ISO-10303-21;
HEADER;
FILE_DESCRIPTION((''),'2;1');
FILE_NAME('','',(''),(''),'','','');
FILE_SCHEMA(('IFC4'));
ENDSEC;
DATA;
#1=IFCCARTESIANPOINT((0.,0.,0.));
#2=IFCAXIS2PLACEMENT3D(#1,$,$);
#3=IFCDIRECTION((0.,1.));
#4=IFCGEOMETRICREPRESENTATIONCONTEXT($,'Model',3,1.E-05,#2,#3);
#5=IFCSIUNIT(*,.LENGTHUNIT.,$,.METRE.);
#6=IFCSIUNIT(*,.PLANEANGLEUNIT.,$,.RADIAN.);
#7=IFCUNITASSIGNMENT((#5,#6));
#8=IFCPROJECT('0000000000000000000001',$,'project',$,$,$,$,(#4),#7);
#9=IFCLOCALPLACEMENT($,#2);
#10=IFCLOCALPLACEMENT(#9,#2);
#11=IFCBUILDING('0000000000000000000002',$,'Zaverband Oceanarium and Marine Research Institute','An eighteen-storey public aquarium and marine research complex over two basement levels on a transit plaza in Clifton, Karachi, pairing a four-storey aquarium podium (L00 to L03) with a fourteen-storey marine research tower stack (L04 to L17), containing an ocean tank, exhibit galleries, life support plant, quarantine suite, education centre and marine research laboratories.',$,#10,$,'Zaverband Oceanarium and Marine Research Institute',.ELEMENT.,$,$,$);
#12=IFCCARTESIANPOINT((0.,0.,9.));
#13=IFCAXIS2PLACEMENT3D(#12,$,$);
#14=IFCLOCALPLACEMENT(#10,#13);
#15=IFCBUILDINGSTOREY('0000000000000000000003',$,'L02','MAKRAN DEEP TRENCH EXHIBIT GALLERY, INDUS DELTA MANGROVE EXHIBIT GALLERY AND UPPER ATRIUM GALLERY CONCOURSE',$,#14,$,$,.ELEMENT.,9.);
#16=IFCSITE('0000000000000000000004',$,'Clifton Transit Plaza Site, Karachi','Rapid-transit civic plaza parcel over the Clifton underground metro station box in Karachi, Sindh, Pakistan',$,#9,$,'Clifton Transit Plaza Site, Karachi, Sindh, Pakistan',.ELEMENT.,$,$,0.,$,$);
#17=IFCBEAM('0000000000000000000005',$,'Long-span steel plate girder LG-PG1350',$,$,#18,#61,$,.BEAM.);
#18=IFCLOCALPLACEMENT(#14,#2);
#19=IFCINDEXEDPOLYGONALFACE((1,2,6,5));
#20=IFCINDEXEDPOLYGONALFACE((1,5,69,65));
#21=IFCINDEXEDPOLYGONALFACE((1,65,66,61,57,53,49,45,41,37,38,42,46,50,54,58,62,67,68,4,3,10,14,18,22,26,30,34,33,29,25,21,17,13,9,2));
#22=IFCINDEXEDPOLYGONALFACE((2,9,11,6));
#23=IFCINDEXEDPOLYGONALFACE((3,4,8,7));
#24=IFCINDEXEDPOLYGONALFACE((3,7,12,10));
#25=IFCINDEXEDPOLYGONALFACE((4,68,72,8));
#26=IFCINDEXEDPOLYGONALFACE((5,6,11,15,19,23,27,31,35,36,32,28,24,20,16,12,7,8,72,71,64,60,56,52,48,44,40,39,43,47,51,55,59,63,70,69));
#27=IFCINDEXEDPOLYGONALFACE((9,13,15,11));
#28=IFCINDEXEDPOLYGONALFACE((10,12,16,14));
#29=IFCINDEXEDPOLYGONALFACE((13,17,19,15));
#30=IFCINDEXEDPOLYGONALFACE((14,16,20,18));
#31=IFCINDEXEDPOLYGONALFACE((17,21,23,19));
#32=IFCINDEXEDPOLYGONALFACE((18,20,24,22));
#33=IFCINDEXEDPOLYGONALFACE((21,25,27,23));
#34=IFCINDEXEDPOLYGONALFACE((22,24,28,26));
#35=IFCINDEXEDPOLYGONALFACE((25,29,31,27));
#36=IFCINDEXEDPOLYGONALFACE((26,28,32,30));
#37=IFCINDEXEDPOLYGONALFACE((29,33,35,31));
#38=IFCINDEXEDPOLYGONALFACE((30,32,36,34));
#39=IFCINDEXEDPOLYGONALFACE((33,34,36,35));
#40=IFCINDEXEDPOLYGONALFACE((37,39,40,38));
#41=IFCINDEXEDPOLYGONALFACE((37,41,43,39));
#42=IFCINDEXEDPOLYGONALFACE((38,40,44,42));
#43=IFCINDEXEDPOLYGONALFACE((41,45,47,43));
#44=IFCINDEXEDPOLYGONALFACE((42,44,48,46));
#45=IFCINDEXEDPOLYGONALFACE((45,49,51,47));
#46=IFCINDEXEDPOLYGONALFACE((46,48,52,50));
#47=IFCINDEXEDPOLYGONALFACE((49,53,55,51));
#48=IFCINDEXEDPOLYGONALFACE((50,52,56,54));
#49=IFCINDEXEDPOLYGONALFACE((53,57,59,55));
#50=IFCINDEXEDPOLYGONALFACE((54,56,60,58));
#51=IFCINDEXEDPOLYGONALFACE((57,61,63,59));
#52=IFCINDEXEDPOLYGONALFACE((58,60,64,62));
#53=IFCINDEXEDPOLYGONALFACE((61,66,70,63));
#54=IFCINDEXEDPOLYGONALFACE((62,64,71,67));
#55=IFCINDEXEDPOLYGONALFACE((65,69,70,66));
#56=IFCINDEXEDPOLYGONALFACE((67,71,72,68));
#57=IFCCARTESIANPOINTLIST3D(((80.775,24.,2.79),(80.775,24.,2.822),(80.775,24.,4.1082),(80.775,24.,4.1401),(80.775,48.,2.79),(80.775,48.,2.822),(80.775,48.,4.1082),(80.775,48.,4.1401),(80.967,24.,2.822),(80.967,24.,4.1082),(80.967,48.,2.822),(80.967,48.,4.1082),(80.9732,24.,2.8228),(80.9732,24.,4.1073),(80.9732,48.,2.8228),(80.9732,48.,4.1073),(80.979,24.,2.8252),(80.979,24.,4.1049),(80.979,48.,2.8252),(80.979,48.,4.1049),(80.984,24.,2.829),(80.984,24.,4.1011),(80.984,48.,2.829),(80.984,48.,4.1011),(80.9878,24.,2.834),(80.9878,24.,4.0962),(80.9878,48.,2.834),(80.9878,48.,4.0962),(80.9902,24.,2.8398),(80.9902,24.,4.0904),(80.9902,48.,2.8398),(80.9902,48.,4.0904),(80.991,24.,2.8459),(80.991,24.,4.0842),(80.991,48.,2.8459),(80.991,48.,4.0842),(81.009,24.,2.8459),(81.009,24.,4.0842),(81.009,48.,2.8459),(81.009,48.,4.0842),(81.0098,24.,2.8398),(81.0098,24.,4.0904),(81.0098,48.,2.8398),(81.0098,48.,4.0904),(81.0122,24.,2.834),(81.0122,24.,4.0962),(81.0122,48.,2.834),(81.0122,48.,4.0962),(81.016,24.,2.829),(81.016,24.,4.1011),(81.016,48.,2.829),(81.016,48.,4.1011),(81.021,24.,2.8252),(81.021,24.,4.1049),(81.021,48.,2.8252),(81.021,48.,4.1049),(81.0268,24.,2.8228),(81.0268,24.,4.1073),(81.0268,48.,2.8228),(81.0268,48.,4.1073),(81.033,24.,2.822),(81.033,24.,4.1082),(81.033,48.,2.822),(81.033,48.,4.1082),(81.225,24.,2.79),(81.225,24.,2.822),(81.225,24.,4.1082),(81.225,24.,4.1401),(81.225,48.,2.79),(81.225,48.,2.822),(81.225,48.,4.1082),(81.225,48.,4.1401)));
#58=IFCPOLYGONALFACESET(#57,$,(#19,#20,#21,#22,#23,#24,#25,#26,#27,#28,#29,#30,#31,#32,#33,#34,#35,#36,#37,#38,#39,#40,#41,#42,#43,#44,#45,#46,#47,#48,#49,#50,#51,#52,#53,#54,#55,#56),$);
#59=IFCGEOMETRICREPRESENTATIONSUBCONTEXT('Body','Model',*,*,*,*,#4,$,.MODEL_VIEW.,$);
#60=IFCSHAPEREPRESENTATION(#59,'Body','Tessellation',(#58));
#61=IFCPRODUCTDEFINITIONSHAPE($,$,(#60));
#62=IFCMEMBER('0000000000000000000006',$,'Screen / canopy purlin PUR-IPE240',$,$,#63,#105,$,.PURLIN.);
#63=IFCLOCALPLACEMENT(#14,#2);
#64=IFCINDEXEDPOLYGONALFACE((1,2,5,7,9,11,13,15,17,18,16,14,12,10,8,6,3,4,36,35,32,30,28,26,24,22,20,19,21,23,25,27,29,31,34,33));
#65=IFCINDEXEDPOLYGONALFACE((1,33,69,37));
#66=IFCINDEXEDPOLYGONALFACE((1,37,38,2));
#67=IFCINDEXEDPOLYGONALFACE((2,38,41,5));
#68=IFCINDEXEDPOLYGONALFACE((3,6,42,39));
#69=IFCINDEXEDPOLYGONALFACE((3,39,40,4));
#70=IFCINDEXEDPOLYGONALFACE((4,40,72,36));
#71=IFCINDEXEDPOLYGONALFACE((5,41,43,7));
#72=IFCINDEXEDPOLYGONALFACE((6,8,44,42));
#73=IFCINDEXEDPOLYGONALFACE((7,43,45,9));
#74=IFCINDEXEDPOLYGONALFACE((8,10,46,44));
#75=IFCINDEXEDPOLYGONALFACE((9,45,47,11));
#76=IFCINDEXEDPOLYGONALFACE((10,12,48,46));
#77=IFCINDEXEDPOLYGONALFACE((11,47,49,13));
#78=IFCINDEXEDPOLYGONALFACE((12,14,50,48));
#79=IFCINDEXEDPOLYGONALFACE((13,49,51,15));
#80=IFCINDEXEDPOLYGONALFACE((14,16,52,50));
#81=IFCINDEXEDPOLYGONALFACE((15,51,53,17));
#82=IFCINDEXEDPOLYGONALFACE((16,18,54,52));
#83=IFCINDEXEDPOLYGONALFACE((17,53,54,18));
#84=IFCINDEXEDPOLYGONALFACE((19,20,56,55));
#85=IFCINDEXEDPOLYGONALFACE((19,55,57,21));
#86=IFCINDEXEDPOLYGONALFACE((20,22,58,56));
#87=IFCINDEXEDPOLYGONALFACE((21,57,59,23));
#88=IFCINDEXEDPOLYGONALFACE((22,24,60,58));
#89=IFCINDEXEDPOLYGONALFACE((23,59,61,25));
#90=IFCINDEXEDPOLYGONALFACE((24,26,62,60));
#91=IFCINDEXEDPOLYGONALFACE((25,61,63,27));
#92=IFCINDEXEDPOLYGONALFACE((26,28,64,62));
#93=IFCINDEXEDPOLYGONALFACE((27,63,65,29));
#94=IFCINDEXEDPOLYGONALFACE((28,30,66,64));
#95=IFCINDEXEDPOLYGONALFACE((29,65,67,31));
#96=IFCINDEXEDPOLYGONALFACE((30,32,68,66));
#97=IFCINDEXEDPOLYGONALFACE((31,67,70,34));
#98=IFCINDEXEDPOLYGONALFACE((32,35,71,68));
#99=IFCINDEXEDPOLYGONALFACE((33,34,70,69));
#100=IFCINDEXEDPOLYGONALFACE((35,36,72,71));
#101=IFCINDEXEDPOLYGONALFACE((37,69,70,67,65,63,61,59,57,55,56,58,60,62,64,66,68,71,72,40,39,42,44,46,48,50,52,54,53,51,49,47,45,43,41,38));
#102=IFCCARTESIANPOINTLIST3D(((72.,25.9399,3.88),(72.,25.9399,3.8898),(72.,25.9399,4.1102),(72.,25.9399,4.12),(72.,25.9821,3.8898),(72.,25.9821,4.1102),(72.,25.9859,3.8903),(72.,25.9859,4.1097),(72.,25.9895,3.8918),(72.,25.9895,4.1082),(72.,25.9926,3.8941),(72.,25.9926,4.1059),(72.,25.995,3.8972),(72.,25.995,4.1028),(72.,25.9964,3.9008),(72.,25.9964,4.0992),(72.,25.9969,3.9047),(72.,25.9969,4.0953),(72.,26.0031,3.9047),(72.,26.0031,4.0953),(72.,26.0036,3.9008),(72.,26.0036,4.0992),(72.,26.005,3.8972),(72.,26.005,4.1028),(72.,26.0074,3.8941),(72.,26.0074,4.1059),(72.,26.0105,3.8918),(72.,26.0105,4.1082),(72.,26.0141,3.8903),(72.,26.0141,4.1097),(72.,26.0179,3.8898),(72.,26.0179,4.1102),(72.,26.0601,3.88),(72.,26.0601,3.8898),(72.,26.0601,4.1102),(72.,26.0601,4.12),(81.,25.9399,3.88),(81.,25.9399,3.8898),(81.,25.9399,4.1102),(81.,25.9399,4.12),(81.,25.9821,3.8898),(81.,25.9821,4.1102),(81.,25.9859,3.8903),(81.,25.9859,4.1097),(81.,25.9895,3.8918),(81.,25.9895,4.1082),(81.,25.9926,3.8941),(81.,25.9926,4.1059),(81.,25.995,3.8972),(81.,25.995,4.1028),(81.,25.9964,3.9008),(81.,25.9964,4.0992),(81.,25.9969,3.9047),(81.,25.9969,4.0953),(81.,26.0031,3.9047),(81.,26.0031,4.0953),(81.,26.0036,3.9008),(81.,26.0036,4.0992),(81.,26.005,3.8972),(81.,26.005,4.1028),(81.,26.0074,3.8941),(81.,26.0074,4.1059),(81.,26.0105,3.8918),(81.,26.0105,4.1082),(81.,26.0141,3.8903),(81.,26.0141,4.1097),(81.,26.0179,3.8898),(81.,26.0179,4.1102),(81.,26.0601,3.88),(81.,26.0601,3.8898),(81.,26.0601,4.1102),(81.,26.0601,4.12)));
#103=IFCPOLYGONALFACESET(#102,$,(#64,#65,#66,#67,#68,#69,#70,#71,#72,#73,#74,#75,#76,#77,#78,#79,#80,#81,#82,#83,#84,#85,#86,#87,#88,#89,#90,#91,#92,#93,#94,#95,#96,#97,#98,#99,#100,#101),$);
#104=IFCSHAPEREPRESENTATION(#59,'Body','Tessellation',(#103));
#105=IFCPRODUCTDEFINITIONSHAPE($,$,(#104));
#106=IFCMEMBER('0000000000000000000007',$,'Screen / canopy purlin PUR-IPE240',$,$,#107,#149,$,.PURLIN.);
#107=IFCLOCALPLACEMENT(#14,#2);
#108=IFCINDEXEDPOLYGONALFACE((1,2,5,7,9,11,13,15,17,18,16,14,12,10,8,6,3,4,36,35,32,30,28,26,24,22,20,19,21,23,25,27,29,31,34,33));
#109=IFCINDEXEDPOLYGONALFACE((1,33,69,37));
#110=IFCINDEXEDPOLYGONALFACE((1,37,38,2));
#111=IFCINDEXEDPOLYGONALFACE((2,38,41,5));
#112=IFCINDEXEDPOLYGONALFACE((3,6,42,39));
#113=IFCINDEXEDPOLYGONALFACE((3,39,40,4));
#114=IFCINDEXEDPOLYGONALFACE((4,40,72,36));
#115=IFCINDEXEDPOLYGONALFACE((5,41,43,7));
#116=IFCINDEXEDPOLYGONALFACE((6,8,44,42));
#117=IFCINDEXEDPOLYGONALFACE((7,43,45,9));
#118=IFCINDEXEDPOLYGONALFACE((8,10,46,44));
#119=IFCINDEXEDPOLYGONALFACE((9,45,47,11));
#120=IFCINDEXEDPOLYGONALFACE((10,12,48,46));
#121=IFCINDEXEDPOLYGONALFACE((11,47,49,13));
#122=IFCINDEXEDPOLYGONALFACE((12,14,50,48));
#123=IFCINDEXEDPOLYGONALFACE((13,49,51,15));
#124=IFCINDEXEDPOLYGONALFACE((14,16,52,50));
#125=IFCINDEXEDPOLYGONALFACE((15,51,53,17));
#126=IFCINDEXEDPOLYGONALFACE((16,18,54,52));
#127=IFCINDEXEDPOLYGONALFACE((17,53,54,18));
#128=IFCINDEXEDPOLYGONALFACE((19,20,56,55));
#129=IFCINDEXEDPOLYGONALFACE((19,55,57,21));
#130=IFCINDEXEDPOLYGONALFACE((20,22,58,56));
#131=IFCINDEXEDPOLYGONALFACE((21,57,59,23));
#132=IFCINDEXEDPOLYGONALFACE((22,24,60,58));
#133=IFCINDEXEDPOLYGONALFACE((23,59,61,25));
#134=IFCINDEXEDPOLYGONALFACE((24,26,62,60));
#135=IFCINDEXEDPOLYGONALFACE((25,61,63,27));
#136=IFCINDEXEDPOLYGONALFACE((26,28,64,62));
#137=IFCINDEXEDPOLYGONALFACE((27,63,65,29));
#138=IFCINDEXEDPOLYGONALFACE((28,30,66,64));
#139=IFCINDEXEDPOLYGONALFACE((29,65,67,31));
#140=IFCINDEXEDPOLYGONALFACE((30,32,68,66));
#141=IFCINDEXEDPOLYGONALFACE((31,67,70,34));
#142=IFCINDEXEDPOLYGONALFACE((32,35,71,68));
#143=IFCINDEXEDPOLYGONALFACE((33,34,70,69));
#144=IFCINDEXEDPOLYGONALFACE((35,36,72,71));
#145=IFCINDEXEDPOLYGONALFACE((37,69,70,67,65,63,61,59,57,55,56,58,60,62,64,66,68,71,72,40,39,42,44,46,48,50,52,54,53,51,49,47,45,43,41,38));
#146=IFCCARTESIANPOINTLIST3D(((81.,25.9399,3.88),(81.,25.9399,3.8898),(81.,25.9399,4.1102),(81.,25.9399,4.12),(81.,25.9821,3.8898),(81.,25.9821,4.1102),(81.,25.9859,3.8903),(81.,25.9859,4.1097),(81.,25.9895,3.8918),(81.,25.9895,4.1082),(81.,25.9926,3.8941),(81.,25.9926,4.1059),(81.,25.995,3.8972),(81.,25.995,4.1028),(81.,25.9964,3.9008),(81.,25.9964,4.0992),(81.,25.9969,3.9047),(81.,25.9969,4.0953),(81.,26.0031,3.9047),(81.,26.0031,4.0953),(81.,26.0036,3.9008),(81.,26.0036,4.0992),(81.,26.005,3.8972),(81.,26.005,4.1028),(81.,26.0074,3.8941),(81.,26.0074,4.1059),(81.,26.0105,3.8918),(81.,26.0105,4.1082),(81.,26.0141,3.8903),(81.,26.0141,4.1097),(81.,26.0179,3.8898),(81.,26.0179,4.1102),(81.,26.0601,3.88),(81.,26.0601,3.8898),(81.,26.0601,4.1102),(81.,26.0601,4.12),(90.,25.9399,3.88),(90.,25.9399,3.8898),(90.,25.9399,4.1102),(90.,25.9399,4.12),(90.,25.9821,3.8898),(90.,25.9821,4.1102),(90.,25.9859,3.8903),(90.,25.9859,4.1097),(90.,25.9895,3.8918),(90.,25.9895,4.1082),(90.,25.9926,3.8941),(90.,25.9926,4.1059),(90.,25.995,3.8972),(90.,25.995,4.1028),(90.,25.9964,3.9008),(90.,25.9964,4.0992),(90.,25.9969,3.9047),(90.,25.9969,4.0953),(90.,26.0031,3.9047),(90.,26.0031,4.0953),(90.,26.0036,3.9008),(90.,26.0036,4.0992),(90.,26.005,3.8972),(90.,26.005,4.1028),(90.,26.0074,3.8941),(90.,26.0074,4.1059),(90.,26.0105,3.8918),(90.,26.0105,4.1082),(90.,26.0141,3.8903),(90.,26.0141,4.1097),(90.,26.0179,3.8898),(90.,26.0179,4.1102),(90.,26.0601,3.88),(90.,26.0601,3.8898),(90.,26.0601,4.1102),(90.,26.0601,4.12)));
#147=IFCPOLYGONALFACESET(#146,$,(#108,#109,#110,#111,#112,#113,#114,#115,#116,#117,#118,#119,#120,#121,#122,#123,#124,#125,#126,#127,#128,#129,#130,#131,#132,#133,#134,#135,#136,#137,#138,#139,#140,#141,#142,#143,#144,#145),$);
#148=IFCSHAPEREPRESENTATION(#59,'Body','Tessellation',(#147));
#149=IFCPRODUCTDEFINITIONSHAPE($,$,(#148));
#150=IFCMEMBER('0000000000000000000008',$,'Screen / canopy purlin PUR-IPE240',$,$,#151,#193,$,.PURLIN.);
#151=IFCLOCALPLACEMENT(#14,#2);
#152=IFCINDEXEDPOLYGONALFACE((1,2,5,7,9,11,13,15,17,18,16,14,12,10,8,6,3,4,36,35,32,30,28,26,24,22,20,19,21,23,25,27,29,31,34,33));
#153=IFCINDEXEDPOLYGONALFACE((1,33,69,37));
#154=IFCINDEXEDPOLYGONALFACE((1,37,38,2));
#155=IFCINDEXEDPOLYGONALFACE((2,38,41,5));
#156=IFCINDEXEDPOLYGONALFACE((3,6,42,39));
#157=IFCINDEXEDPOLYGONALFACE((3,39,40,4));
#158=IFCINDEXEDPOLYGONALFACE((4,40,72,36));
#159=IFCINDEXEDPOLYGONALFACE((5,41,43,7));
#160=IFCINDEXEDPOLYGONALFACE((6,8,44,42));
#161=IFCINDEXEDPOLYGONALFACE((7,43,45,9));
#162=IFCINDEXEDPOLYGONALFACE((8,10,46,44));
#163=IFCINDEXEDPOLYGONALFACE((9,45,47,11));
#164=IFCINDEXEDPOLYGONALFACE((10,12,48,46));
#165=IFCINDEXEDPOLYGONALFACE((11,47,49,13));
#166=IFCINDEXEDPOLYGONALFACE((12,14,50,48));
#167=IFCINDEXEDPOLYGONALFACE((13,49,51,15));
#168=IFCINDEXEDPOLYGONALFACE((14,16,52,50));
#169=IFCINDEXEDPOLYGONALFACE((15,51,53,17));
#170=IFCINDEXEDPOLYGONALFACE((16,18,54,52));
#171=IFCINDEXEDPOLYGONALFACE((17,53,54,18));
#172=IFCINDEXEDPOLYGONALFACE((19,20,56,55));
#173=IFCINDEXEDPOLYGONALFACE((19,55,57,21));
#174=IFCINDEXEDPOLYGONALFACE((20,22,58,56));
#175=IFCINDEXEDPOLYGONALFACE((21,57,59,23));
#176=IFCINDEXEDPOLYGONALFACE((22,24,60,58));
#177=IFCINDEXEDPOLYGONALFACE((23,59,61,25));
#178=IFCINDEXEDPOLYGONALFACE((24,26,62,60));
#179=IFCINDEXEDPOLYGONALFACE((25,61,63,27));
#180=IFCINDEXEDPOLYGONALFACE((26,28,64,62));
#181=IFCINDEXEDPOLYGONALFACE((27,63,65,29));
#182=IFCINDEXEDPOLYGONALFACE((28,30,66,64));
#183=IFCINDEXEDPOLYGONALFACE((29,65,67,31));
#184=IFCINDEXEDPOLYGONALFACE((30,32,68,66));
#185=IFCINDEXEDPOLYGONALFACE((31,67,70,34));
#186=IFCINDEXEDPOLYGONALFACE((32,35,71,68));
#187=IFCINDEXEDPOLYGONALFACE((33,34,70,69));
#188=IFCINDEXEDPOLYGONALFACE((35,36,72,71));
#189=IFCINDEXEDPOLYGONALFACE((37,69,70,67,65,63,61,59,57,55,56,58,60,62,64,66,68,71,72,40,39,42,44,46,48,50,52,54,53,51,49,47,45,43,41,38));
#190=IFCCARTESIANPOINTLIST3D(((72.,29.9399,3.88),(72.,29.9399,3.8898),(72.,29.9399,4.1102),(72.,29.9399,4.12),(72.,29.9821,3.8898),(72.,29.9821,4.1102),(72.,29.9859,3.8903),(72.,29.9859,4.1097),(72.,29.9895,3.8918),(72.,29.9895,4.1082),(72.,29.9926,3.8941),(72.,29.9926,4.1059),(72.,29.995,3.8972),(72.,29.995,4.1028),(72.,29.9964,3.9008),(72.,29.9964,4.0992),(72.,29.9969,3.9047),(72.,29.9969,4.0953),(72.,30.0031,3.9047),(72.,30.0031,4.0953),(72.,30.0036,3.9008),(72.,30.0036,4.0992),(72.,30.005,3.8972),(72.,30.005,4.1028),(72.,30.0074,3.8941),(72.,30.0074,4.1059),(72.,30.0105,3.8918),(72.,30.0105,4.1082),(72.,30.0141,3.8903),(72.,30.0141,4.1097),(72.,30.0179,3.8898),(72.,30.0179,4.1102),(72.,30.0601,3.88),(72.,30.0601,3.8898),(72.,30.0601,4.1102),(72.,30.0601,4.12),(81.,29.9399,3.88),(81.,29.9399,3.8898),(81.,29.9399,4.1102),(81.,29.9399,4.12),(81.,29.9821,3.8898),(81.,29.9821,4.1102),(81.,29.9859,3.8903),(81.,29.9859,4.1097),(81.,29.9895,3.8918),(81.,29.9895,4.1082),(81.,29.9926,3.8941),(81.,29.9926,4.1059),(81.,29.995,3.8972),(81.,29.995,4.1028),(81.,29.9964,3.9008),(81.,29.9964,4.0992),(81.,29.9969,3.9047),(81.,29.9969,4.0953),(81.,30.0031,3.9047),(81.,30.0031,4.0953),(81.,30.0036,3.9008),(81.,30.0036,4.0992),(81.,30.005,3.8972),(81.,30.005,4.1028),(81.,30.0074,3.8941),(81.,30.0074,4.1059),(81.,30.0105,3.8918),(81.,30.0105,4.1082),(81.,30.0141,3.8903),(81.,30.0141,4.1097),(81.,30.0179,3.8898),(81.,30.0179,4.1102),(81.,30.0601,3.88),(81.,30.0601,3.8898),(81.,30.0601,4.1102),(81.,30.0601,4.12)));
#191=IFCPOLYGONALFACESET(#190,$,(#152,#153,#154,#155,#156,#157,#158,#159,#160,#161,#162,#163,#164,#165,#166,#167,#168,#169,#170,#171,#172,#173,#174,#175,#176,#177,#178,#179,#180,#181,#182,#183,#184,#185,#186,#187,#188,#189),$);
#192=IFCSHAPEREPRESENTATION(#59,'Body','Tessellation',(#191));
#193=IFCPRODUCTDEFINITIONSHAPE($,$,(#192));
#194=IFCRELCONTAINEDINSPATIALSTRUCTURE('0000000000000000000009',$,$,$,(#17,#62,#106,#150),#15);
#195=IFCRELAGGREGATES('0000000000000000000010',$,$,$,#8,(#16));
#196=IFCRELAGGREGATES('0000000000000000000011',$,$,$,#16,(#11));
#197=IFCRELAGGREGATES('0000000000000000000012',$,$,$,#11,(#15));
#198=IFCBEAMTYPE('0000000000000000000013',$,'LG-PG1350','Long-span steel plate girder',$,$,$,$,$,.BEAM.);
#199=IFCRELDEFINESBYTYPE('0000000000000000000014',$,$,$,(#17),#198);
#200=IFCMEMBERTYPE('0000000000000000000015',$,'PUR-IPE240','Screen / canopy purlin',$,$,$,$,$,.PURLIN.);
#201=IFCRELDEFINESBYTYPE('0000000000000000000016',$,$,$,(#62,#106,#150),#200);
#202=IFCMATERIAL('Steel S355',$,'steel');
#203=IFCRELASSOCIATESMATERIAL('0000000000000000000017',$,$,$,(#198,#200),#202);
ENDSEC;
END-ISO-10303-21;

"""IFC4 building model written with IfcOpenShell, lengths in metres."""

from ifc_helpers import new_model, si_unit, direction, frame, origin, origin_2d, place, context, subcontext, project, spatial, i_section, extrude, material, material_profile, profile_set, type_object, element, save


model = new_model("IFC4")

# Units and contexts
model_context = context("Model", 3, precision=1e-05, world=origin(), true_north=direction((0.0, 1.0)))
body_context = subcontext(model_context, "Body", "Model", "MODEL_VIEW")
ifc_project = project(units=[si_unit("LENGTHUNIT", "METRE"), si_unit("PLANEANGLEUNIT", "RADIAN")], contexts=[model_context])

# Site, building, storey
site_placement = place(None, origin())
site = spatial("IfcSite", under=ifc_project, at=site_placement, Name="Clifton Transit Plaza Site, Karachi", Description="Rapid-transit civic plaza parcel over the Clifton underground metro station box in Karachi, Sindh, Pakistan", LongName="Clifton Transit Plaza Site, Karachi, Sindh, Pakistan", CompositionType="ELEMENT", RefElevation=0.0)
building_placement = place(site_placement, origin())
building = spatial("IfcBuilding", under=site, at=building_placement, Name="Zaverband Oceanarium and Marine Research Institute", Description="An eighteen-storey public aquarium and marine research complex over two basement levels on a transit plaza in Clifton, Karachi, pairing a four-storey aquarium podium (L00 to L03) with a fourteen-storey marine research tower stack (L04 to L17), containing an ocean tank, exhibit galleries, life support plant, quarantine suite, education centre and marine research laboratories.", LongName="Zaverband Oceanarium and Marine Research Institute", CompositionType="ELEMENT")
storey_placement = place(building_placement, frame((0.0, 0.0, 9.0)))
storey = spatial("IfcBuildingStorey", under=building, at=storey_placement, Name="L02", Description="MAKRAN DEEP TRENCH EXHIBIT GALLERY, INDUS DELTA MANGROVE EXHIBIT GALLERY AND UPPER ATRIUM GALLERY CONCOURSE", CompositionType="ELEMENT", Elevation=9.0)

# Beam
ifc_material_1 = material(Name="Steel S355", Category="steel")
ifc_material_profile_1 = material_profile(ifc_material_1, i_section(OverallWidth=0.45, OverallDepth=1.3501, WebThickness=0.0181, FlangeThickness=0.032, FilletRadius=0.0239, at=origin_2d()), Name="PG1350x450")
ifc_profile_set_1 = profile_set([ifc_material_profile_1], Name="Steel S355")
beam_type_1 = type_object("IfcBeamType", Name="LG-PG1350", Description="Long-span steel plate girder", PredefinedType="BEAM", material=ifc_profile_set_1)
beam_1_placement = place(storey_placement, frame((81.0, 24.0, 3.4651), z_axis=(0.0, 1.0, 0.0), x_axis=(-1.0, 0.0, 0.0)))
element("IfcBeam", 1, at=beam_1_placement, inside=storey, type_object=beam_type_1, Name="Long-span steel plate girder LG-PG1350", PredefinedType="BEAM", context=body_context, shape_type="SweptSolid", body=[
    extrude(i_section(OverallWidth=0.45, OverallDepth=1.3501, WebThickness=0.0181, FlangeThickness=0.032, FilletRadius=0.0239, at=origin_2d()), origin(), (0.0, 0.0, 1.0), 24.0),
])

# Members
ifc_material_profile_2 = material_profile(ifc_material_1, i_section(OverallWidth=0.1201, OverallDepth=0.24, WebThickness=0.0061, FlangeThickness=0.0098, FilletRadius=0.0149, at=origin_2d()), Name="IPE240")
ifc_profile_set_2 = profile_set([ifc_material_profile_2], Name="Steel S355")
member_type_1 = type_object("IfcMemberType", Name="PUR-IPE240", Description="Screen / canopy purlin", PredefinedType="PURLIN", material=ifc_profile_set_2)
for number, where, z_axis, x_axis, name in (
    (2, (72.0, 26.0, 4.0), (1.0, 0.0, 0.0), (0.0, 1.0, 0.0), "Screen / canopy purlin PUR-IPE240"),
    (3, (81.0, 26.0, 4.0), (1.0, 0.0, 0.0), (0.0, 1.0, 0.0), "Screen / canopy purlin PUR-IPE240"),
    (4, (72.0, 30.0, 4.0), (1.0, 0.0, 0.0), (0.0, 1.0, 0.0), "Screen / canopy purlin PUR-IPE240"),
):
    element("IfcMember", number, at=place(storey_placement, frame(where, z_axis=z_axis, x_axis=x_axis)), inside=storey, type_object=member_type_1, Name=name, PredefinedType="PURLIN", context=body_context, shape_type="SweptSolid", body=[
        extrude(i_section(OverallWidth=0.1201, OverallDepth=0.24, WebThickness=0.0061, FlangeThickness=0.0098, FilletRadius=0.0149, at=origin_2d()), origin(), (0.0, 0.0, 1.0), 9.0),
    ])

save(model, "model.ifc")
